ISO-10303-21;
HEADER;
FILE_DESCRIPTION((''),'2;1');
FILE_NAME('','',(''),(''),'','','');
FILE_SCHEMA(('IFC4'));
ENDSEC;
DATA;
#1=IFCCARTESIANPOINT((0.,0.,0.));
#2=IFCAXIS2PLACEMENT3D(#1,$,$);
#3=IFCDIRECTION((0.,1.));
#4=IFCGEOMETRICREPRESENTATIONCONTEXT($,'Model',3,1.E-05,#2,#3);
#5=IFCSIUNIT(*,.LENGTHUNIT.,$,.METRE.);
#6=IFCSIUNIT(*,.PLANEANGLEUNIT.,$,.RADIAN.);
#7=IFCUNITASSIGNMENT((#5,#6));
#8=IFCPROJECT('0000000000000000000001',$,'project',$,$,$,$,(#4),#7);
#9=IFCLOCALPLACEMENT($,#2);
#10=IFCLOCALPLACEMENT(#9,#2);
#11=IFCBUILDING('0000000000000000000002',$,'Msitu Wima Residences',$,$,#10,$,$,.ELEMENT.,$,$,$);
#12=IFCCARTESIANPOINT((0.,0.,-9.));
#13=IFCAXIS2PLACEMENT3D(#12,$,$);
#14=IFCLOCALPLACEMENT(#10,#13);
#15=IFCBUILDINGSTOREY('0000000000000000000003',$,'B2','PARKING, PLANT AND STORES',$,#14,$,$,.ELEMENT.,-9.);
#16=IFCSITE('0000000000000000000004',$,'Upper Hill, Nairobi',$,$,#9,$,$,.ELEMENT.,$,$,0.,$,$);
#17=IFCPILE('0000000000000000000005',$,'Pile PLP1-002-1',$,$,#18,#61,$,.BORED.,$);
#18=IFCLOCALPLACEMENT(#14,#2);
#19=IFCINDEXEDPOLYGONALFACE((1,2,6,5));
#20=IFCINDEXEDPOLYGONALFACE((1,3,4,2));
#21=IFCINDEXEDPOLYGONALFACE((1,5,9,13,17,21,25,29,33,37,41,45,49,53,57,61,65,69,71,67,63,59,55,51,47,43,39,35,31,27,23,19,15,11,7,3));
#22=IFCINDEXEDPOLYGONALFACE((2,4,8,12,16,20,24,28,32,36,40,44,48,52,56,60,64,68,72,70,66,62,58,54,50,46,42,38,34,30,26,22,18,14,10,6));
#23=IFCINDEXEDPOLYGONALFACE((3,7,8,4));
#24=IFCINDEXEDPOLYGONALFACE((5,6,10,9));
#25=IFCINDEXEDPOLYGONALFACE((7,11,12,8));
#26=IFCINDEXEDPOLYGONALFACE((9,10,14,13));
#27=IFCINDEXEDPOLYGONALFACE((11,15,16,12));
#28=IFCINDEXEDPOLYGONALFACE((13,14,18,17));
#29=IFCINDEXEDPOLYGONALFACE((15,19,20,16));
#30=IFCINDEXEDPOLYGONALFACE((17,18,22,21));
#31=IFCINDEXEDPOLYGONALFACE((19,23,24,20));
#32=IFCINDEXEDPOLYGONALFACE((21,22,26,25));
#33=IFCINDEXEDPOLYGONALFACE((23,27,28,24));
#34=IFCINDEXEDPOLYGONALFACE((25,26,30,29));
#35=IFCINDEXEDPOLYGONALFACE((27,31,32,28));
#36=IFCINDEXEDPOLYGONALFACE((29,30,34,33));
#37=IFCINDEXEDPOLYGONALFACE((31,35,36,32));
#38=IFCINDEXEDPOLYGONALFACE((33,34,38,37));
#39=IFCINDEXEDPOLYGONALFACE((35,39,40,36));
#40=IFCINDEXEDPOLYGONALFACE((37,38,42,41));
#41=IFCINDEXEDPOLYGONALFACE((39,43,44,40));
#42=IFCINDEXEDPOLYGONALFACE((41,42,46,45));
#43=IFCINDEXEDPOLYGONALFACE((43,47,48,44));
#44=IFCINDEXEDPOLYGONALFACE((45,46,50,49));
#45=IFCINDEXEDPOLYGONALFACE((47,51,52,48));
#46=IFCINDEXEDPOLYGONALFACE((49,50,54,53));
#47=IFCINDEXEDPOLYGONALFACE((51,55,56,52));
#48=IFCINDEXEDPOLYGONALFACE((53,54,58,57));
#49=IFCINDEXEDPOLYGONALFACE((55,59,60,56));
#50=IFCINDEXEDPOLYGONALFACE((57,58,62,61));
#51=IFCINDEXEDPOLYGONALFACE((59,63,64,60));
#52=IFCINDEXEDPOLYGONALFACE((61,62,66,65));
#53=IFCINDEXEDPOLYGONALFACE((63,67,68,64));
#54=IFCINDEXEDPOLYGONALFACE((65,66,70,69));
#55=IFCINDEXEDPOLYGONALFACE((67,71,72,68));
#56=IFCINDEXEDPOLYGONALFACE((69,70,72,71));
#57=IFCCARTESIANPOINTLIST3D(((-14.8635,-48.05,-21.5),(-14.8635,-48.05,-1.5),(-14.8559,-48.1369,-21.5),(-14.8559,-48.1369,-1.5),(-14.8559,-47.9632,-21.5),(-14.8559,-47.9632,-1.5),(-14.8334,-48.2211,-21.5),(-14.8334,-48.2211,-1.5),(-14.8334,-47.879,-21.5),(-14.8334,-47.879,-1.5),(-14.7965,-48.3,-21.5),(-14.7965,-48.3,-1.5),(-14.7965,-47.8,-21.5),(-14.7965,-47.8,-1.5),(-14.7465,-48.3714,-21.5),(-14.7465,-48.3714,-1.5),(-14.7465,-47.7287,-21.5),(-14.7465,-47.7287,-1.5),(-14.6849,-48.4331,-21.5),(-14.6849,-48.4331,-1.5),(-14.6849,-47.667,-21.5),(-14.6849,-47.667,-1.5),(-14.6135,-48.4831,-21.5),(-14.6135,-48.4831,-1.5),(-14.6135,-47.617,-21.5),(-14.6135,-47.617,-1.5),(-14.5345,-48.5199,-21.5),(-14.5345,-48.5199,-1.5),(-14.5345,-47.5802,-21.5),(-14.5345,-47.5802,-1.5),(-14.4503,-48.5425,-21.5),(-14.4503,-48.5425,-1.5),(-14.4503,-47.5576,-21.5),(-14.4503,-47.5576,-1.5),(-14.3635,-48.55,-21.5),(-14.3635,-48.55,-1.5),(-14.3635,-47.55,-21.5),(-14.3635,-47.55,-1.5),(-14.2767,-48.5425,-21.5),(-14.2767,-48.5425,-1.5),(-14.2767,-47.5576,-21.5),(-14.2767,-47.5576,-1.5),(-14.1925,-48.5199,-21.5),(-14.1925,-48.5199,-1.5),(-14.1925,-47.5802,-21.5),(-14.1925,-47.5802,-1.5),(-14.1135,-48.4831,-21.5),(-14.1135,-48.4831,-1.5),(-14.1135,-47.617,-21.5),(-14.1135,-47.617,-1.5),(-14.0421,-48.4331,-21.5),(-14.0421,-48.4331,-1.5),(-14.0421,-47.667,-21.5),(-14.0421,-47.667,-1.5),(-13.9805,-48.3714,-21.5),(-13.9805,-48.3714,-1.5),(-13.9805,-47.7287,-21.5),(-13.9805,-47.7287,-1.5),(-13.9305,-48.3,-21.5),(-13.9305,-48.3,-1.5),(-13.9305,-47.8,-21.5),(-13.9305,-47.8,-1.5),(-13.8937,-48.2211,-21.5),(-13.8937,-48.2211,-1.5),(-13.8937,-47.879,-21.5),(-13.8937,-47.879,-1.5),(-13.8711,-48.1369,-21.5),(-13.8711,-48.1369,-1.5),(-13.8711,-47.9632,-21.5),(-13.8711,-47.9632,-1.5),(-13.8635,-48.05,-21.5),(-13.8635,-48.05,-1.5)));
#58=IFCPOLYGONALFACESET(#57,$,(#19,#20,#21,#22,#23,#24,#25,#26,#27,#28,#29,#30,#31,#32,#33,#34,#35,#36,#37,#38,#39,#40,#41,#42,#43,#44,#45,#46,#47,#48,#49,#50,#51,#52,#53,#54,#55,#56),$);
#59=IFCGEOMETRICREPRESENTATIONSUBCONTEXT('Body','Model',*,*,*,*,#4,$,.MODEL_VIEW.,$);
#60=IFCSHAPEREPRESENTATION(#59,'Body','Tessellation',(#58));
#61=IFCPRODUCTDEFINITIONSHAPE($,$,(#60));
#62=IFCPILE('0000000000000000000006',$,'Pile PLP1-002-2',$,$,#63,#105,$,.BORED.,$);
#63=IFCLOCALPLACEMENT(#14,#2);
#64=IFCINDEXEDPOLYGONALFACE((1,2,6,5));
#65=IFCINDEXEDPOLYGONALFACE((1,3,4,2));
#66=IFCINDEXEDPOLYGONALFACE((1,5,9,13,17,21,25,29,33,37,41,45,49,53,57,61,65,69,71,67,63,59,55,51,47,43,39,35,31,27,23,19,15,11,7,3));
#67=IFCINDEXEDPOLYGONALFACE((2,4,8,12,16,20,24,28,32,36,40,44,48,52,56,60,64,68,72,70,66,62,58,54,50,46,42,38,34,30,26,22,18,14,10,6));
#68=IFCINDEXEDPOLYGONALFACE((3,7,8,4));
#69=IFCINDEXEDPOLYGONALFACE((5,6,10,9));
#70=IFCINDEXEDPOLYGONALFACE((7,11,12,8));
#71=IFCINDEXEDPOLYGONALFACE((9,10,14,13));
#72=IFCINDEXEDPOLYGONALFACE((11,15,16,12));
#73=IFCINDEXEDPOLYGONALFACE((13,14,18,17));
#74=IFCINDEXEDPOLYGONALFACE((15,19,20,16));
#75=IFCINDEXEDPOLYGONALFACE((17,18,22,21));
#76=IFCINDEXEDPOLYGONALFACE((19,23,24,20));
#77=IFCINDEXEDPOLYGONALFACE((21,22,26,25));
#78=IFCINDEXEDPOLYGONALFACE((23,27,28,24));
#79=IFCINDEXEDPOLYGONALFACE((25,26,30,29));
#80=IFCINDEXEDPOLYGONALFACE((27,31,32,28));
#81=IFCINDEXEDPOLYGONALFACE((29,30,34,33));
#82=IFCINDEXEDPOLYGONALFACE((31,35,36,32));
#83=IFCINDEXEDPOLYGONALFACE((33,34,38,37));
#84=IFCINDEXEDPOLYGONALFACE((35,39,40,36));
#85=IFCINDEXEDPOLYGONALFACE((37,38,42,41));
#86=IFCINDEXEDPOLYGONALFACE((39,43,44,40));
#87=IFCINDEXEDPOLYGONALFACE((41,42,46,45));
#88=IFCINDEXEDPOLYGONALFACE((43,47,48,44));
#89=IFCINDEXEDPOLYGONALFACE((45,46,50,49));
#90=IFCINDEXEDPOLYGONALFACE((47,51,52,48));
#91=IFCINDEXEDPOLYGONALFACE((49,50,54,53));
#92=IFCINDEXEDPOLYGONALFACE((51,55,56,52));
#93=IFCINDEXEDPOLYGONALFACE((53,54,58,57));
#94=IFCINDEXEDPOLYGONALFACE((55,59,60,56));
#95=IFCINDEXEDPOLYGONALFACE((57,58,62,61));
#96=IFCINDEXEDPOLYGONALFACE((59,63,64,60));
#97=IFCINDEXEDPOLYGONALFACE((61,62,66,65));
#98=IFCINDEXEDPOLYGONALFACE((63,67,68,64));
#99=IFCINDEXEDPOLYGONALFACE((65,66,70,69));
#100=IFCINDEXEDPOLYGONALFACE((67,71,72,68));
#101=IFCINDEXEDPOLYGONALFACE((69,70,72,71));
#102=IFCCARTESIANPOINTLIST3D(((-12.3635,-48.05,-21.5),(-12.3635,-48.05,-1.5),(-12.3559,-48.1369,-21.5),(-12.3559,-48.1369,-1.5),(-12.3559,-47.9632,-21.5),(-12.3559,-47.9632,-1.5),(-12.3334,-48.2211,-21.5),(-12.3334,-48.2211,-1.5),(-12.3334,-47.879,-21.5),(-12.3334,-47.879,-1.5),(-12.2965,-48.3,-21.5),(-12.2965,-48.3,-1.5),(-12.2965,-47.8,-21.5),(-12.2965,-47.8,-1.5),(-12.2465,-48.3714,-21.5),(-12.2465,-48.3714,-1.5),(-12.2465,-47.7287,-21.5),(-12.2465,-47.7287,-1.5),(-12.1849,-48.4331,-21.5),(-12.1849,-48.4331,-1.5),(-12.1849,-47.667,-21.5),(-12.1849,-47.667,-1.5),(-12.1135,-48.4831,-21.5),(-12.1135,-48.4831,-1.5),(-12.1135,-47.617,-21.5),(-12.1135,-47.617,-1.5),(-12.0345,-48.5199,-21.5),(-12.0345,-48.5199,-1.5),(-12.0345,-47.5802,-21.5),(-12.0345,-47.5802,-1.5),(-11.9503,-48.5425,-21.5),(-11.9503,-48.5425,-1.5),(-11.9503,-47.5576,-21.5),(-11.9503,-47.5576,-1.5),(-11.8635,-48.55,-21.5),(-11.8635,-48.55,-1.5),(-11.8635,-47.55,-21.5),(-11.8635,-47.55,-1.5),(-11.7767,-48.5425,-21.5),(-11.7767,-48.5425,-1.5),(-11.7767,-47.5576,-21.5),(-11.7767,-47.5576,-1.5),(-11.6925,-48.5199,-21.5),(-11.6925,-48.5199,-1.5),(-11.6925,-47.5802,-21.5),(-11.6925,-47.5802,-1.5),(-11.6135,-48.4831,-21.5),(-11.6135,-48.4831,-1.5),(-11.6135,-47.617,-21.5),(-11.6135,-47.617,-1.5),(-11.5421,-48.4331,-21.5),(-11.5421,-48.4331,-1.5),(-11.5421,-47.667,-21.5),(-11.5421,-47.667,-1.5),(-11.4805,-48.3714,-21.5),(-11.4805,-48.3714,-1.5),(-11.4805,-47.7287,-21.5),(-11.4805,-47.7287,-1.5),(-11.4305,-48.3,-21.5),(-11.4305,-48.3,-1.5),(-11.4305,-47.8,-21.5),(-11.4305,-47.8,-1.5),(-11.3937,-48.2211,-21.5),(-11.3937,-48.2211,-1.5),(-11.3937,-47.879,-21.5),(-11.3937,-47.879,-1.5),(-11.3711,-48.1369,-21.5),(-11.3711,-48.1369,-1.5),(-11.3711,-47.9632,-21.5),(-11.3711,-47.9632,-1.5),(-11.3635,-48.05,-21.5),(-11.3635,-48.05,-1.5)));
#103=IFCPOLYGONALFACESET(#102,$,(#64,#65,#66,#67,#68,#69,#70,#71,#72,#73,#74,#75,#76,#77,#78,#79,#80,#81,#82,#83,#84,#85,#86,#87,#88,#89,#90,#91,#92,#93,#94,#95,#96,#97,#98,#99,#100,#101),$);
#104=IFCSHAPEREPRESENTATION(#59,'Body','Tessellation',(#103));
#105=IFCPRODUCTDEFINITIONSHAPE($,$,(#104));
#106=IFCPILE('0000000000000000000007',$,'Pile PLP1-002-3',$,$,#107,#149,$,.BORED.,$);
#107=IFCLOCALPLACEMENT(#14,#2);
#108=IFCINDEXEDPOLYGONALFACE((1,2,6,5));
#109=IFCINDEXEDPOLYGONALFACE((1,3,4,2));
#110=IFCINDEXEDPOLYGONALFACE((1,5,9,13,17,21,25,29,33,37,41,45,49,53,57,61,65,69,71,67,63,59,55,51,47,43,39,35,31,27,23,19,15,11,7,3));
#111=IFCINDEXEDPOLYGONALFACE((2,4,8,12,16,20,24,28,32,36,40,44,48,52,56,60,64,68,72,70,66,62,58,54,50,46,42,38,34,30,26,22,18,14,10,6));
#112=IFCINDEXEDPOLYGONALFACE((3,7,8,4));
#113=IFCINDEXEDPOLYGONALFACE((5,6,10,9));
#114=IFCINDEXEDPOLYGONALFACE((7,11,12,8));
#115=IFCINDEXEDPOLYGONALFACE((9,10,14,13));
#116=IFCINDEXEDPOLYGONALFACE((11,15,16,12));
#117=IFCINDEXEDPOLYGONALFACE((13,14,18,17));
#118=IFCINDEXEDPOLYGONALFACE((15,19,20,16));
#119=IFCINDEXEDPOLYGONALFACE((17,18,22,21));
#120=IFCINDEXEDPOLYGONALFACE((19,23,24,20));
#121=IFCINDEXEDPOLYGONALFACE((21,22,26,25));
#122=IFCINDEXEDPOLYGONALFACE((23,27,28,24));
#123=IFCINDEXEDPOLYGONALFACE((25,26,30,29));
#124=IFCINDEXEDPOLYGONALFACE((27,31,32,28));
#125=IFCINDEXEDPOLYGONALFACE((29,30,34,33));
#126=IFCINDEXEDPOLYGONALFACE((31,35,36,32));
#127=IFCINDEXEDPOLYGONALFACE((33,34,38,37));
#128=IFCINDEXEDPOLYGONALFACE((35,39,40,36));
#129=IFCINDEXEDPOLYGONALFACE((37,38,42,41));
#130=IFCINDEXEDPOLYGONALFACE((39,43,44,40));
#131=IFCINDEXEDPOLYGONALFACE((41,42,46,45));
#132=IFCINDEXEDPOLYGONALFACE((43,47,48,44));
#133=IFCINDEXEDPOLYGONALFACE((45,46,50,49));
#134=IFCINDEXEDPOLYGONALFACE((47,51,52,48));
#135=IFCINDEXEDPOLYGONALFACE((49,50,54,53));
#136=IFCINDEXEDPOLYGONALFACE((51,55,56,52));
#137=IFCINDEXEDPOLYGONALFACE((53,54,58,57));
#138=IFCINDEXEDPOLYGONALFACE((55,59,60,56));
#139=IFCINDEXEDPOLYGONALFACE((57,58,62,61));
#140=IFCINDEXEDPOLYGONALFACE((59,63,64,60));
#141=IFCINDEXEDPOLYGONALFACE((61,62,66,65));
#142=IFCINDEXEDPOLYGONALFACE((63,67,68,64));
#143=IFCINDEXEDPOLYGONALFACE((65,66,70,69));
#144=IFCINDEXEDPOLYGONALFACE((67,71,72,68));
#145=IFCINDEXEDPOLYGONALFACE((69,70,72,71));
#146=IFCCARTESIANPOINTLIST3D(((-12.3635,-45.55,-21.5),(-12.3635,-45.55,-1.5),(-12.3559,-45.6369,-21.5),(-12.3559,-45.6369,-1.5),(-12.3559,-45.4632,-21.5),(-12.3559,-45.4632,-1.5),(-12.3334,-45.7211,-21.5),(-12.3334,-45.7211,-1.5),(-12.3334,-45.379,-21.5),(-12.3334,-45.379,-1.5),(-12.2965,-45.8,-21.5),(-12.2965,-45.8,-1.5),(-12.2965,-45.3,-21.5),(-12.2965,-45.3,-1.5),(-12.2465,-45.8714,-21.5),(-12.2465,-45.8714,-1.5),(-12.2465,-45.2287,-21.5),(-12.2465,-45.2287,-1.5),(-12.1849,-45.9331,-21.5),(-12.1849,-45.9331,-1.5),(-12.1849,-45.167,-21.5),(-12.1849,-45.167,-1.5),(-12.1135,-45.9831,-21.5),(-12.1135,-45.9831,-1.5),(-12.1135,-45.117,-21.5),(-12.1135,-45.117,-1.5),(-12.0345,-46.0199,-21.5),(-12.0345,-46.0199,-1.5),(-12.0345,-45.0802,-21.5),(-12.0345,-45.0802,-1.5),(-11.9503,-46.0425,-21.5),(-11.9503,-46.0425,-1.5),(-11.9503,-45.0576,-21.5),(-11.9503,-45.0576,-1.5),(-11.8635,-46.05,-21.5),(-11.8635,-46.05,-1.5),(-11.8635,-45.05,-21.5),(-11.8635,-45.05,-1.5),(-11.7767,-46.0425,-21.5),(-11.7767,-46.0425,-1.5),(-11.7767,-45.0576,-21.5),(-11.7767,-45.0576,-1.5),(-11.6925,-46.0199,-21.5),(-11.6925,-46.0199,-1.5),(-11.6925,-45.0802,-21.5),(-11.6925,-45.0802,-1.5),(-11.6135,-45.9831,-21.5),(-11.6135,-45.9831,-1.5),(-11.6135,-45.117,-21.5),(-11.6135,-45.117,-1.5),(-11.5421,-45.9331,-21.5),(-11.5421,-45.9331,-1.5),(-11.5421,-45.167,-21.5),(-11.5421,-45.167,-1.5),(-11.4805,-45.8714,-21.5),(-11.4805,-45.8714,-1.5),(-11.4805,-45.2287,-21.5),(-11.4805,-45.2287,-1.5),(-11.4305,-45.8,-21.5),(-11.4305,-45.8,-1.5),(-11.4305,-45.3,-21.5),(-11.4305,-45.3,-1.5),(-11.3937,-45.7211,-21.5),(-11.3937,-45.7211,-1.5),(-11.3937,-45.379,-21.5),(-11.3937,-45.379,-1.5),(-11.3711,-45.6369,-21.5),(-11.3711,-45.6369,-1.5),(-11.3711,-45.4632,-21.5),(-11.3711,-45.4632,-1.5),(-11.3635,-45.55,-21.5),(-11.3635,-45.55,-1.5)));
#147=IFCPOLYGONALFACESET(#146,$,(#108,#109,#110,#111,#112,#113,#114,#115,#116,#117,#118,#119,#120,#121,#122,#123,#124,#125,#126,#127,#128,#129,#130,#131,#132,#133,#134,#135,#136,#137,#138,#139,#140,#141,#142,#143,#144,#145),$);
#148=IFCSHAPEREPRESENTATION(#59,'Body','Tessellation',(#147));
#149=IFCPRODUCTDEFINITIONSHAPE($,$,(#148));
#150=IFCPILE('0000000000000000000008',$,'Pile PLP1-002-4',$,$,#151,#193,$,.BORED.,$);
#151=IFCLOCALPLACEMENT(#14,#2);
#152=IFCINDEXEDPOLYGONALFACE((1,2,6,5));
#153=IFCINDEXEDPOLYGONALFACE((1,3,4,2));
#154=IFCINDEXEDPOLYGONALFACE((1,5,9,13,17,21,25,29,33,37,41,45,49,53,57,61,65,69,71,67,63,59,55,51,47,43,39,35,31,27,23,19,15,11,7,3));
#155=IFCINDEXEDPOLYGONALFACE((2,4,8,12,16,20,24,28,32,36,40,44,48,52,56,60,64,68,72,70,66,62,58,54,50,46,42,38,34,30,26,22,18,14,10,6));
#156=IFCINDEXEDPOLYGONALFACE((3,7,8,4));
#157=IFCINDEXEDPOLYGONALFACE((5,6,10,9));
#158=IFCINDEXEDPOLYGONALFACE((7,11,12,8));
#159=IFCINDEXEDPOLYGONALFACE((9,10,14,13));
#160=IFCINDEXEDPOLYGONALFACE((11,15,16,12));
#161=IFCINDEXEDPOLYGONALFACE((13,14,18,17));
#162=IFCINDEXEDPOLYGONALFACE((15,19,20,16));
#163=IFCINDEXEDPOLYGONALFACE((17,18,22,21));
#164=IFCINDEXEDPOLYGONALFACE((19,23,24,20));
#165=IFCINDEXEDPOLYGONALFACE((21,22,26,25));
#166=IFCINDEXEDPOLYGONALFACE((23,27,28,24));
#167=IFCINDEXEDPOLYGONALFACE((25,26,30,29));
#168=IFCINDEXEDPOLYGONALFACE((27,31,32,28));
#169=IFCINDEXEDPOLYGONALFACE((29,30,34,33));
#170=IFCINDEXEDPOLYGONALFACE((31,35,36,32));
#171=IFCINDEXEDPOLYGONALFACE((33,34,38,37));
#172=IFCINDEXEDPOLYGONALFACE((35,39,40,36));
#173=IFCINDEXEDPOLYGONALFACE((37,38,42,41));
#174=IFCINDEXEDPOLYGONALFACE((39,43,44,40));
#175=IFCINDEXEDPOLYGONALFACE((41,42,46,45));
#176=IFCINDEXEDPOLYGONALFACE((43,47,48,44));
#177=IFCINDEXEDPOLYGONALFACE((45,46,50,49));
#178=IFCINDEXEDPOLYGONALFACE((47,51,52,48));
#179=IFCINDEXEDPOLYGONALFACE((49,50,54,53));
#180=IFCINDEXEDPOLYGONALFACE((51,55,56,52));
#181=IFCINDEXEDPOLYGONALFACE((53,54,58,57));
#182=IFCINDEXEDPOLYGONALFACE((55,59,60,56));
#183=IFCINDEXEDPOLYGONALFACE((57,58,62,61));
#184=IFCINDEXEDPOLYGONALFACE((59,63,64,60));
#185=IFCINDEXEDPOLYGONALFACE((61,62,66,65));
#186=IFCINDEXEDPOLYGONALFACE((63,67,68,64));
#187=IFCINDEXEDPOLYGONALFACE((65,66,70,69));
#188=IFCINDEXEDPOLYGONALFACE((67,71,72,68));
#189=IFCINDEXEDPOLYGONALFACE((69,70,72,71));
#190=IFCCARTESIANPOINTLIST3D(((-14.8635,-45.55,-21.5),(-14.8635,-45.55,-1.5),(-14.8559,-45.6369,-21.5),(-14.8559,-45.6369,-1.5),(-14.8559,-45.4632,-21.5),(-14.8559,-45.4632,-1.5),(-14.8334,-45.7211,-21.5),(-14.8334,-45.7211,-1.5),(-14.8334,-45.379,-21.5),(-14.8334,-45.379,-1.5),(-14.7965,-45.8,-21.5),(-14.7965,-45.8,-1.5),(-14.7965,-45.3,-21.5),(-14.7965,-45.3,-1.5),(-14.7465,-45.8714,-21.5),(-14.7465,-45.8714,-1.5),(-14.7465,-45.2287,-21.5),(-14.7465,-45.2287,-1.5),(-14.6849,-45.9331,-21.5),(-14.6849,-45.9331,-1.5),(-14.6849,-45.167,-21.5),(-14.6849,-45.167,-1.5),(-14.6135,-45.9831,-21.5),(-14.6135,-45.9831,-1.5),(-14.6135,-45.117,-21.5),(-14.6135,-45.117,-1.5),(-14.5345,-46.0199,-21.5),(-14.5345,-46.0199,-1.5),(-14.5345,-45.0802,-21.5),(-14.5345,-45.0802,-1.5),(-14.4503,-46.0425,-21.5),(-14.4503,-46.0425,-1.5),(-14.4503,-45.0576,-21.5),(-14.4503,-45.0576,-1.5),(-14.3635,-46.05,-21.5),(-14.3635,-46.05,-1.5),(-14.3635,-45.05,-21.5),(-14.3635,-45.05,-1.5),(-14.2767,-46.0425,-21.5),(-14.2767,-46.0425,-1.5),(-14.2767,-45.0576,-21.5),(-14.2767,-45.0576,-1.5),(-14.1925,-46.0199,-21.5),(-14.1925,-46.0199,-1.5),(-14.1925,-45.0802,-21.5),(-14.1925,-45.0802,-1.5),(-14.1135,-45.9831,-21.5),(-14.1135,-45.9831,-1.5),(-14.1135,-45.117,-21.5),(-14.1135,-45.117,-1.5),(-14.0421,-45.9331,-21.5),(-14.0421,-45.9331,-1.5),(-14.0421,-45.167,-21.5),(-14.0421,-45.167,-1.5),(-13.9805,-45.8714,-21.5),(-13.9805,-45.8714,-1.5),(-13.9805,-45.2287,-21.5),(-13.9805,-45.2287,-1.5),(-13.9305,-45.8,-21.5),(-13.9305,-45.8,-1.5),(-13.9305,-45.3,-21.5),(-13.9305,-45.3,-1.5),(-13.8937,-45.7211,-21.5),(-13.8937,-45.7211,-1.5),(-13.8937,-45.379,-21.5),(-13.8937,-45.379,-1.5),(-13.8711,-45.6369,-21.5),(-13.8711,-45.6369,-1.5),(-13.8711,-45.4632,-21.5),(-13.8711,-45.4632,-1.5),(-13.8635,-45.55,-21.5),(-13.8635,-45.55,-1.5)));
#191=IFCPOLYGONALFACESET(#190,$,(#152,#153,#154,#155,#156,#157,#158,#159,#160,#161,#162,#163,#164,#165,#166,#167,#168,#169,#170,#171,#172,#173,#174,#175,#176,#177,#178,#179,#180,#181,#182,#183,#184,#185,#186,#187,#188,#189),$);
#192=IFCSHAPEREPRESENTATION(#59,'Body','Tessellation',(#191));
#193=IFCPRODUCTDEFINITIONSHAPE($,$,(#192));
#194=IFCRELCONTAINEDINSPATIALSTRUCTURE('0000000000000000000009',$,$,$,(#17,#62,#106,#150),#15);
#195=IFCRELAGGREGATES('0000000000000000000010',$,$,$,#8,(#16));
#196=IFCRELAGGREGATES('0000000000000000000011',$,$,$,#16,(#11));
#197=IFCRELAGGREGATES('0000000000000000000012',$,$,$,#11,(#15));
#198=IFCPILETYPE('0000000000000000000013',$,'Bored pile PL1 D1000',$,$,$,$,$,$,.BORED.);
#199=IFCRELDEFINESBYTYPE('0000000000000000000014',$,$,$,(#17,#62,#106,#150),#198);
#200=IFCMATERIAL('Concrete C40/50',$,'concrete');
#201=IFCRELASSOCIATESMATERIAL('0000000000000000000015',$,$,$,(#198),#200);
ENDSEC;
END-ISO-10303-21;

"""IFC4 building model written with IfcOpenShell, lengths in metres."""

from ifc_helpers import new_model, si_unit, direction, frame, origin, origin_2d, place, context, subcontext, project, spatial, circle, extrude, material, type_object, element, save


model = new_model("IFC4")

# Units and contexts
model_context = context("Model", 3, precision=1e-05, world=origin(), true_north=direction((0.0, 1.0)))
body_context = subcontext(model_context, "Body", "Model", "MODEL_VIEW")
ifc_project = project(units=[si_unit("LENGTHUNIT", "METRE"), si_unit("PLANEANGLEUNIT", "RADIAN")], contexts=[model_context])

# Site, building, storey
site_placement = place(None, origin())
site = spatial("IfcSite", under=ifc_project, at=site_placement, Name="Upper Hill, Nairobi", CompositionType="ELEMENT", RefElevation=0.0)
building_placement = place(site_placement, origin())
building = spatial("IfcBuilding", under=site, at=building_placement, Name="Msitu Wima Residences", CompositionType="ELEMENT")
storey_placement = place(building_placement, frame((0.0, 0.0, -9.0)))
storey = spatial("IfcBuildingStorey", under=building, at=storey_placement, Name="B2", Description="PARKING, PLANT AND STORES", CompositionType="ELEMENT", Elevation=-9.0)

# Piles
ifc_material_1 = material(Name="Concrete C40/50", Category="concrete")
pile_type = type_object("IfcPileType", Name="Bored pile PL1 D1000", PredefinedType="BORED", material=ifc_material_1)
for number, where, z_axis, x_axis, name in (
    (1, (-14.3635, -48.05, -1.5), (0.0, 0.0, -1.0), (1.0, 0.0, 0.0), "Pile PLP1-002-1"),
    (2, (-11.8635, -48.05, -1.5), (0.0, 0.0, -1.0), (1.0, 0.0, 0.0), "Pile PLP1-002-2"),
    (3, (-11.8635, -45.55, -1.5), (0.0, 0.0, -1.0), (1.0, 0.0, 0.0), "Pile PLP1-002-3"),
    (4, (-14.3635, -45.55, -1.5), (0.0, 0.0, -1.0), (1.0, 0.0, 0.0), "Pile PLP1-002-4"),
):
    element("IfcPile", number, at=place(storey_placement, frame(where, z_axis=z_axis, x_axis=x_axis)), inside=storey, type_object=pile_type, Name=name, PredefinedType="BORED", context=body_context, shape_type="SweptSolid", body=[
        extrude(circle(Radius=0.5, at=origin_2d()), origin(), (0.0, 0.0, 1.0), 20.0),
    ])

save(model, "model.ifc")
